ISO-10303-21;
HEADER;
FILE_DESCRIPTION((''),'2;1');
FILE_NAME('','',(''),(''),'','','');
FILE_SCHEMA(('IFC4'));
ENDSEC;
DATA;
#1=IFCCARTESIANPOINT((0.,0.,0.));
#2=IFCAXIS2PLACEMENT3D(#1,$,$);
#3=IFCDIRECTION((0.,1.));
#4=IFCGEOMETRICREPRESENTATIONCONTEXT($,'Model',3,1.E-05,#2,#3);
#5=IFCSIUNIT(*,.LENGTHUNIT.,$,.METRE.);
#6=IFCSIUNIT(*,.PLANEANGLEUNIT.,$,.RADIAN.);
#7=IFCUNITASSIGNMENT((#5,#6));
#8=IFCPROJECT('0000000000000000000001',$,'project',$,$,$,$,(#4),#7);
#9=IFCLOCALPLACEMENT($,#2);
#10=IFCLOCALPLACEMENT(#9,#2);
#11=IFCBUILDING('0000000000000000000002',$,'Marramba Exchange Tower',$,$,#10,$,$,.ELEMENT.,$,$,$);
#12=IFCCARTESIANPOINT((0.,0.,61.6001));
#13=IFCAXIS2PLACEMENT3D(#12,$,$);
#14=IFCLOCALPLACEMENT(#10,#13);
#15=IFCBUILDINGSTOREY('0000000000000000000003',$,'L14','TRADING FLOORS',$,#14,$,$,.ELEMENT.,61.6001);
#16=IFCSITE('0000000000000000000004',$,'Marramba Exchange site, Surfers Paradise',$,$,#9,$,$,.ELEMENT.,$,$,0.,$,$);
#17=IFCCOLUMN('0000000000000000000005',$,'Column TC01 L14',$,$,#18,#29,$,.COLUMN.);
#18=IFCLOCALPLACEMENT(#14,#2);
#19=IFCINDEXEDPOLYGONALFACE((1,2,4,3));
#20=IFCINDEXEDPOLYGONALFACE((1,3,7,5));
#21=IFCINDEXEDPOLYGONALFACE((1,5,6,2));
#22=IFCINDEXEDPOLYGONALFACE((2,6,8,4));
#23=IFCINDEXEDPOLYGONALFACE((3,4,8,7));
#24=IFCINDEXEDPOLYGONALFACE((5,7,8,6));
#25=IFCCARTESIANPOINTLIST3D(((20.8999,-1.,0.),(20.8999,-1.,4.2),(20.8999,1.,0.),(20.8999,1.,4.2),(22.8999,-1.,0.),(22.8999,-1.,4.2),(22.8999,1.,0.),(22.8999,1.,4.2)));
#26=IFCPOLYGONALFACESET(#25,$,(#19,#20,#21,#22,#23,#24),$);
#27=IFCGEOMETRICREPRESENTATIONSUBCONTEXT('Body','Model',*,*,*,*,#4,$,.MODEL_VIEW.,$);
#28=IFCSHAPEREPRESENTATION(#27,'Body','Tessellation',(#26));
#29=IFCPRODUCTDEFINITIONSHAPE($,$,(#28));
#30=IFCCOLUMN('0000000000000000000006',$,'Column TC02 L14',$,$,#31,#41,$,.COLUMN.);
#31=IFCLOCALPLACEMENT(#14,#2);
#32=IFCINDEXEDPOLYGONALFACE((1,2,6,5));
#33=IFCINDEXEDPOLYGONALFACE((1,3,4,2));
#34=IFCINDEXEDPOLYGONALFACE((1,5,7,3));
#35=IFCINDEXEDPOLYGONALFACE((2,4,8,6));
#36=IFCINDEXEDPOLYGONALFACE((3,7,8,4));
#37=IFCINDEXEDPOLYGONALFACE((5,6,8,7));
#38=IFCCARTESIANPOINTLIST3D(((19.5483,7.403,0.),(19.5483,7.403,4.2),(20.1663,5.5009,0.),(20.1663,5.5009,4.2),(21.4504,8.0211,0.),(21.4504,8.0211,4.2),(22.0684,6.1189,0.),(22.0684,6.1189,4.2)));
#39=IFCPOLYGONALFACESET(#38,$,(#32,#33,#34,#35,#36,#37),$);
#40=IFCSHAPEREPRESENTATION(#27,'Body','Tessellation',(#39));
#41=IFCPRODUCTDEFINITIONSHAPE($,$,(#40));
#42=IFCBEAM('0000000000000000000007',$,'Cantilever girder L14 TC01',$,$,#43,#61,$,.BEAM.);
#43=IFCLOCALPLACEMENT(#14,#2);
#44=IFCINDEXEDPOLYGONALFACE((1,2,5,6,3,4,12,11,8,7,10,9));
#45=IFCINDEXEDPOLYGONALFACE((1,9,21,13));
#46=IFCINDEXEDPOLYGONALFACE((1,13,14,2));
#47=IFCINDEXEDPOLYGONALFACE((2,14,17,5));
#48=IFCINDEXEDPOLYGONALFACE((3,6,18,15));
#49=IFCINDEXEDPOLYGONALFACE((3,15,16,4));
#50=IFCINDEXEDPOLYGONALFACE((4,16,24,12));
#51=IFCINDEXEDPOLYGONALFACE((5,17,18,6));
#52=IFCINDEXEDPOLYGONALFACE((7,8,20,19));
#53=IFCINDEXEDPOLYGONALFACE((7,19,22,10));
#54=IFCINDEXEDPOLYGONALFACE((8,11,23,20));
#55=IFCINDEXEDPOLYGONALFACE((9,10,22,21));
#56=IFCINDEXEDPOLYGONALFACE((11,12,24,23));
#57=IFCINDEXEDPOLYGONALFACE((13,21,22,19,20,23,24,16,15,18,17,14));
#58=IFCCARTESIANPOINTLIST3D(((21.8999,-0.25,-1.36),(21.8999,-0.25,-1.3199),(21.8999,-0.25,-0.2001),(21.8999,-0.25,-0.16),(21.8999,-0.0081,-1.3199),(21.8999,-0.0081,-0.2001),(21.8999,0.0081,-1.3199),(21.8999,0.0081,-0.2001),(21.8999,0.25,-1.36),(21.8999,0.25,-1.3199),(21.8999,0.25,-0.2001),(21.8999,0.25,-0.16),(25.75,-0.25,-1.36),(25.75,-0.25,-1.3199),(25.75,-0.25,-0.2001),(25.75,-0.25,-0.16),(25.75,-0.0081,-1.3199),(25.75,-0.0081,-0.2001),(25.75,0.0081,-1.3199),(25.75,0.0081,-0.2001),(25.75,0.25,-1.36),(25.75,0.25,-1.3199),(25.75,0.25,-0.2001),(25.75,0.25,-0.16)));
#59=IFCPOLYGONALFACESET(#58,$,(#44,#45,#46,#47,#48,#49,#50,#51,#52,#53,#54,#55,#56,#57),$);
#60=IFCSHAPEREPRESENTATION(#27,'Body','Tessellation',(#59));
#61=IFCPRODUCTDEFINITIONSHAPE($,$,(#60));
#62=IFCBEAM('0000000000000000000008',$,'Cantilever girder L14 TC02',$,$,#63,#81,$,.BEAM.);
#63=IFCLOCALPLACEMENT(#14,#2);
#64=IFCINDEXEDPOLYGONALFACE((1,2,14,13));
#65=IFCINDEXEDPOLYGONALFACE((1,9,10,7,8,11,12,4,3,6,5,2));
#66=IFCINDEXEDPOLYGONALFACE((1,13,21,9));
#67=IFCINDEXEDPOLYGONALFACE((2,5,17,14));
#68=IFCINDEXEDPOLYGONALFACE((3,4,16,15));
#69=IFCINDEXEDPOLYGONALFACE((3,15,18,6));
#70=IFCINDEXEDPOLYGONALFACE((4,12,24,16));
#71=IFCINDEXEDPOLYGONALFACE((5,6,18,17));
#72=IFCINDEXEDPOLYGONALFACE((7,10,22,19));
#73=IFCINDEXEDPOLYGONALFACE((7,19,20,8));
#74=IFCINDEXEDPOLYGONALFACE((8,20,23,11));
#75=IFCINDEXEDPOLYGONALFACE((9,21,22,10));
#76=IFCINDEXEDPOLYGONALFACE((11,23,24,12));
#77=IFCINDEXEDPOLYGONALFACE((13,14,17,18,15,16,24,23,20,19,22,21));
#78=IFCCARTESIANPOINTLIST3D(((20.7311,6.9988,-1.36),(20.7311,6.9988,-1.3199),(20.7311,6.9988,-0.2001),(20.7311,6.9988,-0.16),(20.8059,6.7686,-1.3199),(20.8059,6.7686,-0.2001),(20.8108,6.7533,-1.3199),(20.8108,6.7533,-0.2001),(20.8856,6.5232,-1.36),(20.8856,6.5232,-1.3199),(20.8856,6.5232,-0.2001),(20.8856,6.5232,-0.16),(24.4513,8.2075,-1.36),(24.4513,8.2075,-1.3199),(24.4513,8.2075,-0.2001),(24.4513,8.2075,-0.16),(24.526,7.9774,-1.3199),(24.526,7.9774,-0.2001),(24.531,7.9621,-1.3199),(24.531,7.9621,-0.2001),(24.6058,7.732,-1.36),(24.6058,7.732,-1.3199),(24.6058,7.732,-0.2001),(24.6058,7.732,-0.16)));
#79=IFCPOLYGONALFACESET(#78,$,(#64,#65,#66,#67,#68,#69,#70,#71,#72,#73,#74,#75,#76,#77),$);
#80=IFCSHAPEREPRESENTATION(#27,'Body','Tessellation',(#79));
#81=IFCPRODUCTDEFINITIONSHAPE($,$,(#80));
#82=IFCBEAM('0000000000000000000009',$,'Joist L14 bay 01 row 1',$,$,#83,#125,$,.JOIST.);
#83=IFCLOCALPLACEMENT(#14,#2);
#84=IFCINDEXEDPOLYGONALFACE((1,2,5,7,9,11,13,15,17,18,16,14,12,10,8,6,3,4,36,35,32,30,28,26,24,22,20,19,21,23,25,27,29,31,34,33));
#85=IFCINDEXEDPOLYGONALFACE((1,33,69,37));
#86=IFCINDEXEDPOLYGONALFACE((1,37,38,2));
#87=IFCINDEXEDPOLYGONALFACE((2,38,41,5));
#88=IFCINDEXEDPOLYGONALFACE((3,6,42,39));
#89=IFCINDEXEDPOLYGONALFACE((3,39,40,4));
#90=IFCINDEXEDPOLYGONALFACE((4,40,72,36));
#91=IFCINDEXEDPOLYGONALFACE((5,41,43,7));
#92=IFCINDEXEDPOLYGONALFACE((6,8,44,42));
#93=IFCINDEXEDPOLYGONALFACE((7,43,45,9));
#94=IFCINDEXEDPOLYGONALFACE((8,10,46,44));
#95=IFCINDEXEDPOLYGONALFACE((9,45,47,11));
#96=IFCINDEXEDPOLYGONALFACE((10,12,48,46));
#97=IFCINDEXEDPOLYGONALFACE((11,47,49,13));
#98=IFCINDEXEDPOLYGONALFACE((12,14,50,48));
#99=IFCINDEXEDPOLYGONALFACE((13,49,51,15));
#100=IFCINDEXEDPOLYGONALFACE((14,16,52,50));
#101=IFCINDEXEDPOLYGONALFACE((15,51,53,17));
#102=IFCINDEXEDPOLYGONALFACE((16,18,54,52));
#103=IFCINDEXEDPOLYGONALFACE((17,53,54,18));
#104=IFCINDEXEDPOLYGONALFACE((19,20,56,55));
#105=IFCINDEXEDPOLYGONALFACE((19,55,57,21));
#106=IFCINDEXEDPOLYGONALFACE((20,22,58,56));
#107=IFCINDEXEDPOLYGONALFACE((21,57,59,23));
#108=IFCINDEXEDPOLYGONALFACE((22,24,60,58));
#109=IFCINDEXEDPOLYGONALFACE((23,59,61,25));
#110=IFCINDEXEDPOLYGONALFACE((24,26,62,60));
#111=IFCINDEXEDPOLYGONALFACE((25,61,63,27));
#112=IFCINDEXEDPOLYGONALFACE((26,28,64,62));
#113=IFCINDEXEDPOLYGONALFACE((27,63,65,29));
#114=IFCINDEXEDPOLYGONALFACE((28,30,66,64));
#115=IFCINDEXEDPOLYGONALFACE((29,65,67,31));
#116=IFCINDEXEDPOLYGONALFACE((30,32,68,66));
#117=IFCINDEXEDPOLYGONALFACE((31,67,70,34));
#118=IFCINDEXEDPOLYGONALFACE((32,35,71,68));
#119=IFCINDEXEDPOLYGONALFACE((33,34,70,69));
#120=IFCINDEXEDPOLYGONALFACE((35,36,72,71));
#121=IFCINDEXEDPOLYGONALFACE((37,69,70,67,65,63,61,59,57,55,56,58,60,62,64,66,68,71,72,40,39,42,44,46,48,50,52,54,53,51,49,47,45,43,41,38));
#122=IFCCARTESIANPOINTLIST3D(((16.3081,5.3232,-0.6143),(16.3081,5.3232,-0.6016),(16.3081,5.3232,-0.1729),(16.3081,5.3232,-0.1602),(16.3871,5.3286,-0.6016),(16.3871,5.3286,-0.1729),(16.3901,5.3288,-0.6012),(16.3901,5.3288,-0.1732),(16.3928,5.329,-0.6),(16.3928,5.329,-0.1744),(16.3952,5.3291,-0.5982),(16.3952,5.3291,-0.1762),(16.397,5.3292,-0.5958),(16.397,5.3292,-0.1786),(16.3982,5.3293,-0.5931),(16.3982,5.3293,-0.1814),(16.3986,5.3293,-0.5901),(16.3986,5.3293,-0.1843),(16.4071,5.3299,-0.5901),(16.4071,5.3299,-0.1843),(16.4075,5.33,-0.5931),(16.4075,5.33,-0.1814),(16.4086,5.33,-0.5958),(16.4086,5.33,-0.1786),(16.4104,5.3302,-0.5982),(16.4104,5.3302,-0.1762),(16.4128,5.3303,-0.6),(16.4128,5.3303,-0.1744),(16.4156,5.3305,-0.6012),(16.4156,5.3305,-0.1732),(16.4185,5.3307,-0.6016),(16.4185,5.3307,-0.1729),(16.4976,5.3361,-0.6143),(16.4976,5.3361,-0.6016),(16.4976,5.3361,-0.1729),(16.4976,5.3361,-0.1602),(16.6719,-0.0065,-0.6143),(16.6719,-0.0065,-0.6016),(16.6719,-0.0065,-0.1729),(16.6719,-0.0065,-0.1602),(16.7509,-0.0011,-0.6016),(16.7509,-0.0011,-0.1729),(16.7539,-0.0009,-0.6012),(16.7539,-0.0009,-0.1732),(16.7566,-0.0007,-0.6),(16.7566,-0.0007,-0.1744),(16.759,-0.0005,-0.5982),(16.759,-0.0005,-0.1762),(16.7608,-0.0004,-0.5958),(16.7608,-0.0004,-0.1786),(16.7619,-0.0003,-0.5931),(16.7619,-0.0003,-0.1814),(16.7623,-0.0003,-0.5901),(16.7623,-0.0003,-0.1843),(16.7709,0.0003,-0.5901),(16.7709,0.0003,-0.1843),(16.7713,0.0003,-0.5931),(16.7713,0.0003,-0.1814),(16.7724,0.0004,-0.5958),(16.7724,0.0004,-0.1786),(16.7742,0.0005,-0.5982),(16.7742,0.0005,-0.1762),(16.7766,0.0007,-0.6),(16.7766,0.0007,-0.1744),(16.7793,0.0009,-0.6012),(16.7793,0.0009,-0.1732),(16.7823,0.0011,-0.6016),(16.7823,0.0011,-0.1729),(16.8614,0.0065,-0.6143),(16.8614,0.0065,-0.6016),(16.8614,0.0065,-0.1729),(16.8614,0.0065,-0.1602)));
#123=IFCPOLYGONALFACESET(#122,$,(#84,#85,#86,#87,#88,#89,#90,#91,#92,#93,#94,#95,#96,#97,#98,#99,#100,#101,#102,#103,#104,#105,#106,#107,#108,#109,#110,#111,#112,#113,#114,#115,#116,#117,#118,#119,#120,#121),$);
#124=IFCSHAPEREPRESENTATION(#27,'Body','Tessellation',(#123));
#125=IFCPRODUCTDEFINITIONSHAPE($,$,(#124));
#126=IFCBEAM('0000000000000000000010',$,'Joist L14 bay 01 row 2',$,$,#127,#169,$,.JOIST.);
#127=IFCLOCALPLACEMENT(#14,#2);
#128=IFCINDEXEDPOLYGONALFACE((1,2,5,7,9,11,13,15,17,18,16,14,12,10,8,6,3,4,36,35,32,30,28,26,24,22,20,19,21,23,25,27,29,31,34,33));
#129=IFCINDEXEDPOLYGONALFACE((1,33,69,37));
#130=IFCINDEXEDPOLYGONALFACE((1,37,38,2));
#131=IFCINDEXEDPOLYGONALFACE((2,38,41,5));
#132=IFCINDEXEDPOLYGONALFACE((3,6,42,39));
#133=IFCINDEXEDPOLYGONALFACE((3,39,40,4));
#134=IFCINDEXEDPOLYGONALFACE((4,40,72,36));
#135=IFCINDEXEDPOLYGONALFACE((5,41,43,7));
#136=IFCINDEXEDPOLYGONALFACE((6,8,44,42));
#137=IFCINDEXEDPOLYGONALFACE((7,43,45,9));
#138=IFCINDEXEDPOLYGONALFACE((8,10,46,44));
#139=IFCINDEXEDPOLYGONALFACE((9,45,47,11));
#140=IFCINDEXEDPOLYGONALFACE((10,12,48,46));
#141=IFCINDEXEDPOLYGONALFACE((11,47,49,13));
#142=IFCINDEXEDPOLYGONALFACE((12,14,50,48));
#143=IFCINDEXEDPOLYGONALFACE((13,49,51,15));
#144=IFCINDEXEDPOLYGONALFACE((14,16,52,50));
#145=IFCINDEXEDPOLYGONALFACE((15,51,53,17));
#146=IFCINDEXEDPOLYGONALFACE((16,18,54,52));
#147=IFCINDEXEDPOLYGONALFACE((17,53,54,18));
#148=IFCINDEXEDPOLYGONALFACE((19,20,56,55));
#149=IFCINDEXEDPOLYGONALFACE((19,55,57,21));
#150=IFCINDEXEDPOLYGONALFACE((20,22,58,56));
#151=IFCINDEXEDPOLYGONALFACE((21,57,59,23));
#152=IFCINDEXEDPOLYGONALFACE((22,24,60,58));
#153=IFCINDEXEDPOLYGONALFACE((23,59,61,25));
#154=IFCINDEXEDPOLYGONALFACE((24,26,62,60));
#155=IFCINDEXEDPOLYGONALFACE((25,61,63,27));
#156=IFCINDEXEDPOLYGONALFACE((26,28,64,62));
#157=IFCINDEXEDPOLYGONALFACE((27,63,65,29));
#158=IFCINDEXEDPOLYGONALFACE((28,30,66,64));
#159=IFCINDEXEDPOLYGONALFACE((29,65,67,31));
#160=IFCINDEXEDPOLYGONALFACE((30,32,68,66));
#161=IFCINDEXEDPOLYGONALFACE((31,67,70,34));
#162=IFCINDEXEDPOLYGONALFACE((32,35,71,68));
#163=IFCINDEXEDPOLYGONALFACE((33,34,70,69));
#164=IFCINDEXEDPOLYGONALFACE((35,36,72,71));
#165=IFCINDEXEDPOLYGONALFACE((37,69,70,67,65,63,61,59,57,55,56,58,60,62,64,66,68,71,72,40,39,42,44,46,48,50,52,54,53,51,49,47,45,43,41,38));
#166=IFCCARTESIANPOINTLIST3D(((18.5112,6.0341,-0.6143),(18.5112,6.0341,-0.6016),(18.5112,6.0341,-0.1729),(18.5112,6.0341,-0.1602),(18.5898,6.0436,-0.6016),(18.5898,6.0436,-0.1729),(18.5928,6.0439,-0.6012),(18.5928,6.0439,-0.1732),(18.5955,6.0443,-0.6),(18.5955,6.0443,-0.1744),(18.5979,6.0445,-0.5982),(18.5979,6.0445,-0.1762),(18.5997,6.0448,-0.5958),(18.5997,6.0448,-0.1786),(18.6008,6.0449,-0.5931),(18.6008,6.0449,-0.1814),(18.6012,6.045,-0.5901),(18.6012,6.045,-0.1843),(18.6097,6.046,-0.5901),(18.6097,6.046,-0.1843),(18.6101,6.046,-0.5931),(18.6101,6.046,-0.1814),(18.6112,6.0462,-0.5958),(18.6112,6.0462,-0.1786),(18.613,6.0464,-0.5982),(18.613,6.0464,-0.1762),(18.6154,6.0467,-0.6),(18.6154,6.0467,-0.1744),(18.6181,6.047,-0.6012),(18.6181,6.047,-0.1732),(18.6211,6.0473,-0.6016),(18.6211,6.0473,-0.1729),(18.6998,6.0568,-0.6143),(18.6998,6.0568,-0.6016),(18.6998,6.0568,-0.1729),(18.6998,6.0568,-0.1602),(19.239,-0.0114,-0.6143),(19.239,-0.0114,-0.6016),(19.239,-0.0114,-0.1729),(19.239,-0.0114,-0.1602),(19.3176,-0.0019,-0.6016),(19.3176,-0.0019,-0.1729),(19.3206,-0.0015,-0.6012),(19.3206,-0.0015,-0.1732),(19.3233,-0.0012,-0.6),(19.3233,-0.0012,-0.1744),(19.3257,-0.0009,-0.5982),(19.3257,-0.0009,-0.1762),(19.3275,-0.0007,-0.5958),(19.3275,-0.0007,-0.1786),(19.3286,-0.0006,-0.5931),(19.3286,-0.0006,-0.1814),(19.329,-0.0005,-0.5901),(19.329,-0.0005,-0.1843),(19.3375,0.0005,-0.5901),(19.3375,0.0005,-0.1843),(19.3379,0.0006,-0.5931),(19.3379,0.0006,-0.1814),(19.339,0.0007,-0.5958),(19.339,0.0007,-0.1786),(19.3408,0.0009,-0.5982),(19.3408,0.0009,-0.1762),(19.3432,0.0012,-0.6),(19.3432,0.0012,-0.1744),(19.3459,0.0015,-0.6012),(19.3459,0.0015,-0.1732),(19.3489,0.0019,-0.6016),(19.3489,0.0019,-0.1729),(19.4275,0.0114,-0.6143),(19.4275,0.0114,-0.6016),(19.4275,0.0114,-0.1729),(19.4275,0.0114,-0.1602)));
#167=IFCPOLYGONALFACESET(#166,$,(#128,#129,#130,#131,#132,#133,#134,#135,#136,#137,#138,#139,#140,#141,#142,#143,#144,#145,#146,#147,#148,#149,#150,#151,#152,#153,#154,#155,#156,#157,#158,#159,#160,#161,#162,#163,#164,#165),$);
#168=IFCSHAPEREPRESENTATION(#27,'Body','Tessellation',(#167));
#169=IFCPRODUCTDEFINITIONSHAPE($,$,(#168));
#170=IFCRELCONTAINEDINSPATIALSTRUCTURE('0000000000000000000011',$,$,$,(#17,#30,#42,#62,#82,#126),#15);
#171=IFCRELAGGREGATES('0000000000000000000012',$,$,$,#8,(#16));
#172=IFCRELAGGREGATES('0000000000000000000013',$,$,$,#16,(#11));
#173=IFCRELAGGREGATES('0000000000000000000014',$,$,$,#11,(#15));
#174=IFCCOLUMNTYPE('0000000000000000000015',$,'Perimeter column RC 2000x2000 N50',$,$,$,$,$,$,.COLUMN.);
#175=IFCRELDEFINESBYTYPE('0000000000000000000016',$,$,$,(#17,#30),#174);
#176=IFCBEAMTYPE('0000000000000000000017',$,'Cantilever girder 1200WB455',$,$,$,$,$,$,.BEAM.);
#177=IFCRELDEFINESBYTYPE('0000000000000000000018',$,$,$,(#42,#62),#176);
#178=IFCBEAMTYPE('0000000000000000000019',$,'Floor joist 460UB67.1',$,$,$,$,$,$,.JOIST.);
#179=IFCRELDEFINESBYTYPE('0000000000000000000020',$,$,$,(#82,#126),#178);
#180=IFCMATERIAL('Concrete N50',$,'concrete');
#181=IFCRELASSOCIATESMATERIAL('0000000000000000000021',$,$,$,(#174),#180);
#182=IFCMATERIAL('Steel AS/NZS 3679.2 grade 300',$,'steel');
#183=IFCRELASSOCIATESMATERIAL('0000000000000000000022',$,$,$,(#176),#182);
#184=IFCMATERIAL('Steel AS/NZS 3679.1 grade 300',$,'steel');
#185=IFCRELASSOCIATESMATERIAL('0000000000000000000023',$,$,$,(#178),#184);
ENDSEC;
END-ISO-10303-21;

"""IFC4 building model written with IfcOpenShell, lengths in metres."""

from ifc_helpers import new_model, si_unit, direction, frame, origin, origin_2d, place, context, subcontext, project, spatial, rectangle, i_section, extrude, material, material_profile, profile_set, type_object, element, save


model = new_model("IFC4")

# Units and contexts
model_context = context("Model", 3, precision=1e-05, world=origin(), true_north=direction((0.0, 1.0)))
body_context = subcontext(model_context, "Body", "Model", "MODEL_VIEW")
ifc_project = project(units=[si_unit("LENGTHUNIT", "METRE"), si_unit("PLANEANGLEUNIT", "RADIAN")], contexts=[model_context])

# Site, building, storey
site_placement = place(None, origin())
site = spatial("IfcSite", under=ifc_project, at=site_placement, Name="Marramba Exchange site, Surfers Paradise", CompositionType="ELEMENT", RefElevation=0.0)
building_placement = place(site_placement, origin())
building = spatial("IfcBuilding", under=site, at=building_placement, Name="Marramba Exchange Tower", CompositionType="ELEMENT")
storey_placement = place(building_placement, frame((0.0, 0.0, 61.6001)))
storey = spatial("IfcBuildingStorey", under=building, at=storey_placement, Name="L14", Description="TRADING FLOORS", CompositionType="ELEMENT", Elevation=61.6001)

# Columns
ifc_material_1 = material(Name="Concrete N50", Category="concrete")
ifc_material_profile_1 = material_profile(ifc_material_1, rectangle(XDim=2.0, YDim=2.0, at=origin_2d()), Name="RC 2000x2000")
ifc_profile_set_1 = profile_set([ifc_material_profile_1], Name="Concrete N50")
column_type = type_object("IfcColumnType", Name="Perimeter column RC 2000x2000 N50", PredefinedType="COLUMN", material=ifc_profile_set_1)
for number, where, z_axis, x_axis, name in (
    (1, (21.8999, 0.0, 0.0), (0.0, 0.0, 1.0), (1.0, 0.0, 0.0), "Column TC01 L14"),
    (2, (20.8083, 6.761, 0.0), (0.0, 0.0, 1.0), (0.951057, 0.309017, 0.0), "Column TC02 L14"),
):
    element("IfcColumn", number, at=place(storey_placement, frame(where, z_axis=z_axis, x_axis=x_axis)), inside=storey, type_object=column_type, Name=name, PredefinedType="COLUMN", context=body_context, shape_type="SweptSolid", body=[
        extrude(rectangle(XDim=2.0, YDim=2.0, at=origin_2d()), origin(), (0.0, 0.0, 1.0), 4.2),
    ])

# Beams
ifc_material_2 = material(Name="Steel AS/NZS 3679.2 grade 300", Category="steel")
ifc_material_profile_2 = material_profile(ifc_material_2, i_section(OverallWidth=0.5, OverallDepth=1.2, WebThickness=0.0161, FlangeThickness=0.04, at=origin_2d()), Name="1200WB455")
ifc_profile_set_2 = profile_set([ifc_material_profile_2], Name="Steel AS/NZS 3679.2 grade 300")
beam_type_1 = type_object("IfcBeamType", Name="Cantilever girder 1200WB455", PredefinedType="BEAM", material=ifc_profile_set_2)
beam_1_placement = place(storey_placement, frame((21.8999, 0.0, -0.76), z_axis=(1.0, 0.0, 0.0), x_axis=(0.0, 1.0, 0.0)))
element("IfcBeam", 3, at=beam_1_placement, inside=storey, type_object=beam_type_1, Name="Cantilever girder L14 TC01", PredefinedType="BEAM", context=body_context, shape_type="SweptSolid", body=[
    extrude(i_section(OverallWidth=0.5, OverallDepth=1.2, WebThickness=0.0161, FlangeThickness=0.04, at=origin_2d()), origin(), (0.0, 0.0, 1.0), 3.8501),
])
beam_2_placement = place(storey_placement, frame((20.8083, 6.761, -0.76), z_axis=(0.951059, 0.30901, 0.0), x_axis=(-0.30901, 0.951059, 0.0)))
element("IfcBeam", 4, at=beam_2_placement, inside=storey, type_object=beam_type_1, Name="Cantilever girder L14 TC02", PredefinedType="BEAM", context=body_context, shape_type="SweptSolid", body=[
    extrude(i_section(OverallWidth=0.5, OverallDepth=1.2, WebThickness=0.0161, FlangeThickness=0.04, at=origin_2d()), origin(), (0.0, 0.0, 1.0), 3.9116),
])
ifc_material_3 = material(Name="Steel AS/NZS 3679.1 grade 300", Category="steel")
ifc_material_profile_3 = material_profile(ifc_material_3, i_section(OverallWidth=0.1899, OverallDepth=0.4541, WebThickness=0.0085, FlangeThickness=0.0127, FilletRadius=0.0115, at=origin_2d()), Name="460UB67.1")
ifc_profile_set_3 = profile_set([ifc_material_profile_3], Name="Steel AS/NZS 3679.1 grade 300")
beam_type_2 = type_object("IfcBeamType", Name="Floor joist 460UB67.1", PredefinedType="JOIST", material=ifc_profile_set_3)
beam_3_placement = place(storey_placement, frame((16.7666, 0.0, -0.3872), z_axis=(-0.068096, 0.997679, 0.0), x_axis=(-0.997679, -0.068096, 0.0)))
element("IfcBeam", 5, at=beam_3_placement, inside=storey, type_object=beam_type_2, Name="Joist L14 bay 01 row 1", PredefinedType="JOIST", context=body_context, shape_type="SweptSolid", body=[
    extrude(i_section(OverallWidth=0.1899, OverallDepth=0.4541, WebThickness=0.0085, FlangeThickness=0.0127, FilletRadius=0.0115, at=origin_2d()), origin(), (0.0, 0.0, 1.0), 5.342),
])
beam_4_placement = place(storey_placement, frame((19.3333, 0.0, -0.3872), z_axis=(-0.119523, 0.992831, 0.0), x_axis=(-0.992831, -0.119523, 0.0)))
element("IfcBeam", 6, at=beam_4_placement, inside=storey, type_object=beam_type_2, Name="Joist L14 bay 01 row 2", PredefinedType="JOIST", context=body_context, shape_type="SweptSolid", body=[
    extrude(i_section(OverallWidth=0.1899, OverallDepth=0.4541, WebThickness=0.0085, FlangeThickness=0.0127, FilletRadius=0.0115, at=origin_2d()), origin(), (0.0, 0.0, 1.0), 6.0891),
])

save(model, "model.ifc")
